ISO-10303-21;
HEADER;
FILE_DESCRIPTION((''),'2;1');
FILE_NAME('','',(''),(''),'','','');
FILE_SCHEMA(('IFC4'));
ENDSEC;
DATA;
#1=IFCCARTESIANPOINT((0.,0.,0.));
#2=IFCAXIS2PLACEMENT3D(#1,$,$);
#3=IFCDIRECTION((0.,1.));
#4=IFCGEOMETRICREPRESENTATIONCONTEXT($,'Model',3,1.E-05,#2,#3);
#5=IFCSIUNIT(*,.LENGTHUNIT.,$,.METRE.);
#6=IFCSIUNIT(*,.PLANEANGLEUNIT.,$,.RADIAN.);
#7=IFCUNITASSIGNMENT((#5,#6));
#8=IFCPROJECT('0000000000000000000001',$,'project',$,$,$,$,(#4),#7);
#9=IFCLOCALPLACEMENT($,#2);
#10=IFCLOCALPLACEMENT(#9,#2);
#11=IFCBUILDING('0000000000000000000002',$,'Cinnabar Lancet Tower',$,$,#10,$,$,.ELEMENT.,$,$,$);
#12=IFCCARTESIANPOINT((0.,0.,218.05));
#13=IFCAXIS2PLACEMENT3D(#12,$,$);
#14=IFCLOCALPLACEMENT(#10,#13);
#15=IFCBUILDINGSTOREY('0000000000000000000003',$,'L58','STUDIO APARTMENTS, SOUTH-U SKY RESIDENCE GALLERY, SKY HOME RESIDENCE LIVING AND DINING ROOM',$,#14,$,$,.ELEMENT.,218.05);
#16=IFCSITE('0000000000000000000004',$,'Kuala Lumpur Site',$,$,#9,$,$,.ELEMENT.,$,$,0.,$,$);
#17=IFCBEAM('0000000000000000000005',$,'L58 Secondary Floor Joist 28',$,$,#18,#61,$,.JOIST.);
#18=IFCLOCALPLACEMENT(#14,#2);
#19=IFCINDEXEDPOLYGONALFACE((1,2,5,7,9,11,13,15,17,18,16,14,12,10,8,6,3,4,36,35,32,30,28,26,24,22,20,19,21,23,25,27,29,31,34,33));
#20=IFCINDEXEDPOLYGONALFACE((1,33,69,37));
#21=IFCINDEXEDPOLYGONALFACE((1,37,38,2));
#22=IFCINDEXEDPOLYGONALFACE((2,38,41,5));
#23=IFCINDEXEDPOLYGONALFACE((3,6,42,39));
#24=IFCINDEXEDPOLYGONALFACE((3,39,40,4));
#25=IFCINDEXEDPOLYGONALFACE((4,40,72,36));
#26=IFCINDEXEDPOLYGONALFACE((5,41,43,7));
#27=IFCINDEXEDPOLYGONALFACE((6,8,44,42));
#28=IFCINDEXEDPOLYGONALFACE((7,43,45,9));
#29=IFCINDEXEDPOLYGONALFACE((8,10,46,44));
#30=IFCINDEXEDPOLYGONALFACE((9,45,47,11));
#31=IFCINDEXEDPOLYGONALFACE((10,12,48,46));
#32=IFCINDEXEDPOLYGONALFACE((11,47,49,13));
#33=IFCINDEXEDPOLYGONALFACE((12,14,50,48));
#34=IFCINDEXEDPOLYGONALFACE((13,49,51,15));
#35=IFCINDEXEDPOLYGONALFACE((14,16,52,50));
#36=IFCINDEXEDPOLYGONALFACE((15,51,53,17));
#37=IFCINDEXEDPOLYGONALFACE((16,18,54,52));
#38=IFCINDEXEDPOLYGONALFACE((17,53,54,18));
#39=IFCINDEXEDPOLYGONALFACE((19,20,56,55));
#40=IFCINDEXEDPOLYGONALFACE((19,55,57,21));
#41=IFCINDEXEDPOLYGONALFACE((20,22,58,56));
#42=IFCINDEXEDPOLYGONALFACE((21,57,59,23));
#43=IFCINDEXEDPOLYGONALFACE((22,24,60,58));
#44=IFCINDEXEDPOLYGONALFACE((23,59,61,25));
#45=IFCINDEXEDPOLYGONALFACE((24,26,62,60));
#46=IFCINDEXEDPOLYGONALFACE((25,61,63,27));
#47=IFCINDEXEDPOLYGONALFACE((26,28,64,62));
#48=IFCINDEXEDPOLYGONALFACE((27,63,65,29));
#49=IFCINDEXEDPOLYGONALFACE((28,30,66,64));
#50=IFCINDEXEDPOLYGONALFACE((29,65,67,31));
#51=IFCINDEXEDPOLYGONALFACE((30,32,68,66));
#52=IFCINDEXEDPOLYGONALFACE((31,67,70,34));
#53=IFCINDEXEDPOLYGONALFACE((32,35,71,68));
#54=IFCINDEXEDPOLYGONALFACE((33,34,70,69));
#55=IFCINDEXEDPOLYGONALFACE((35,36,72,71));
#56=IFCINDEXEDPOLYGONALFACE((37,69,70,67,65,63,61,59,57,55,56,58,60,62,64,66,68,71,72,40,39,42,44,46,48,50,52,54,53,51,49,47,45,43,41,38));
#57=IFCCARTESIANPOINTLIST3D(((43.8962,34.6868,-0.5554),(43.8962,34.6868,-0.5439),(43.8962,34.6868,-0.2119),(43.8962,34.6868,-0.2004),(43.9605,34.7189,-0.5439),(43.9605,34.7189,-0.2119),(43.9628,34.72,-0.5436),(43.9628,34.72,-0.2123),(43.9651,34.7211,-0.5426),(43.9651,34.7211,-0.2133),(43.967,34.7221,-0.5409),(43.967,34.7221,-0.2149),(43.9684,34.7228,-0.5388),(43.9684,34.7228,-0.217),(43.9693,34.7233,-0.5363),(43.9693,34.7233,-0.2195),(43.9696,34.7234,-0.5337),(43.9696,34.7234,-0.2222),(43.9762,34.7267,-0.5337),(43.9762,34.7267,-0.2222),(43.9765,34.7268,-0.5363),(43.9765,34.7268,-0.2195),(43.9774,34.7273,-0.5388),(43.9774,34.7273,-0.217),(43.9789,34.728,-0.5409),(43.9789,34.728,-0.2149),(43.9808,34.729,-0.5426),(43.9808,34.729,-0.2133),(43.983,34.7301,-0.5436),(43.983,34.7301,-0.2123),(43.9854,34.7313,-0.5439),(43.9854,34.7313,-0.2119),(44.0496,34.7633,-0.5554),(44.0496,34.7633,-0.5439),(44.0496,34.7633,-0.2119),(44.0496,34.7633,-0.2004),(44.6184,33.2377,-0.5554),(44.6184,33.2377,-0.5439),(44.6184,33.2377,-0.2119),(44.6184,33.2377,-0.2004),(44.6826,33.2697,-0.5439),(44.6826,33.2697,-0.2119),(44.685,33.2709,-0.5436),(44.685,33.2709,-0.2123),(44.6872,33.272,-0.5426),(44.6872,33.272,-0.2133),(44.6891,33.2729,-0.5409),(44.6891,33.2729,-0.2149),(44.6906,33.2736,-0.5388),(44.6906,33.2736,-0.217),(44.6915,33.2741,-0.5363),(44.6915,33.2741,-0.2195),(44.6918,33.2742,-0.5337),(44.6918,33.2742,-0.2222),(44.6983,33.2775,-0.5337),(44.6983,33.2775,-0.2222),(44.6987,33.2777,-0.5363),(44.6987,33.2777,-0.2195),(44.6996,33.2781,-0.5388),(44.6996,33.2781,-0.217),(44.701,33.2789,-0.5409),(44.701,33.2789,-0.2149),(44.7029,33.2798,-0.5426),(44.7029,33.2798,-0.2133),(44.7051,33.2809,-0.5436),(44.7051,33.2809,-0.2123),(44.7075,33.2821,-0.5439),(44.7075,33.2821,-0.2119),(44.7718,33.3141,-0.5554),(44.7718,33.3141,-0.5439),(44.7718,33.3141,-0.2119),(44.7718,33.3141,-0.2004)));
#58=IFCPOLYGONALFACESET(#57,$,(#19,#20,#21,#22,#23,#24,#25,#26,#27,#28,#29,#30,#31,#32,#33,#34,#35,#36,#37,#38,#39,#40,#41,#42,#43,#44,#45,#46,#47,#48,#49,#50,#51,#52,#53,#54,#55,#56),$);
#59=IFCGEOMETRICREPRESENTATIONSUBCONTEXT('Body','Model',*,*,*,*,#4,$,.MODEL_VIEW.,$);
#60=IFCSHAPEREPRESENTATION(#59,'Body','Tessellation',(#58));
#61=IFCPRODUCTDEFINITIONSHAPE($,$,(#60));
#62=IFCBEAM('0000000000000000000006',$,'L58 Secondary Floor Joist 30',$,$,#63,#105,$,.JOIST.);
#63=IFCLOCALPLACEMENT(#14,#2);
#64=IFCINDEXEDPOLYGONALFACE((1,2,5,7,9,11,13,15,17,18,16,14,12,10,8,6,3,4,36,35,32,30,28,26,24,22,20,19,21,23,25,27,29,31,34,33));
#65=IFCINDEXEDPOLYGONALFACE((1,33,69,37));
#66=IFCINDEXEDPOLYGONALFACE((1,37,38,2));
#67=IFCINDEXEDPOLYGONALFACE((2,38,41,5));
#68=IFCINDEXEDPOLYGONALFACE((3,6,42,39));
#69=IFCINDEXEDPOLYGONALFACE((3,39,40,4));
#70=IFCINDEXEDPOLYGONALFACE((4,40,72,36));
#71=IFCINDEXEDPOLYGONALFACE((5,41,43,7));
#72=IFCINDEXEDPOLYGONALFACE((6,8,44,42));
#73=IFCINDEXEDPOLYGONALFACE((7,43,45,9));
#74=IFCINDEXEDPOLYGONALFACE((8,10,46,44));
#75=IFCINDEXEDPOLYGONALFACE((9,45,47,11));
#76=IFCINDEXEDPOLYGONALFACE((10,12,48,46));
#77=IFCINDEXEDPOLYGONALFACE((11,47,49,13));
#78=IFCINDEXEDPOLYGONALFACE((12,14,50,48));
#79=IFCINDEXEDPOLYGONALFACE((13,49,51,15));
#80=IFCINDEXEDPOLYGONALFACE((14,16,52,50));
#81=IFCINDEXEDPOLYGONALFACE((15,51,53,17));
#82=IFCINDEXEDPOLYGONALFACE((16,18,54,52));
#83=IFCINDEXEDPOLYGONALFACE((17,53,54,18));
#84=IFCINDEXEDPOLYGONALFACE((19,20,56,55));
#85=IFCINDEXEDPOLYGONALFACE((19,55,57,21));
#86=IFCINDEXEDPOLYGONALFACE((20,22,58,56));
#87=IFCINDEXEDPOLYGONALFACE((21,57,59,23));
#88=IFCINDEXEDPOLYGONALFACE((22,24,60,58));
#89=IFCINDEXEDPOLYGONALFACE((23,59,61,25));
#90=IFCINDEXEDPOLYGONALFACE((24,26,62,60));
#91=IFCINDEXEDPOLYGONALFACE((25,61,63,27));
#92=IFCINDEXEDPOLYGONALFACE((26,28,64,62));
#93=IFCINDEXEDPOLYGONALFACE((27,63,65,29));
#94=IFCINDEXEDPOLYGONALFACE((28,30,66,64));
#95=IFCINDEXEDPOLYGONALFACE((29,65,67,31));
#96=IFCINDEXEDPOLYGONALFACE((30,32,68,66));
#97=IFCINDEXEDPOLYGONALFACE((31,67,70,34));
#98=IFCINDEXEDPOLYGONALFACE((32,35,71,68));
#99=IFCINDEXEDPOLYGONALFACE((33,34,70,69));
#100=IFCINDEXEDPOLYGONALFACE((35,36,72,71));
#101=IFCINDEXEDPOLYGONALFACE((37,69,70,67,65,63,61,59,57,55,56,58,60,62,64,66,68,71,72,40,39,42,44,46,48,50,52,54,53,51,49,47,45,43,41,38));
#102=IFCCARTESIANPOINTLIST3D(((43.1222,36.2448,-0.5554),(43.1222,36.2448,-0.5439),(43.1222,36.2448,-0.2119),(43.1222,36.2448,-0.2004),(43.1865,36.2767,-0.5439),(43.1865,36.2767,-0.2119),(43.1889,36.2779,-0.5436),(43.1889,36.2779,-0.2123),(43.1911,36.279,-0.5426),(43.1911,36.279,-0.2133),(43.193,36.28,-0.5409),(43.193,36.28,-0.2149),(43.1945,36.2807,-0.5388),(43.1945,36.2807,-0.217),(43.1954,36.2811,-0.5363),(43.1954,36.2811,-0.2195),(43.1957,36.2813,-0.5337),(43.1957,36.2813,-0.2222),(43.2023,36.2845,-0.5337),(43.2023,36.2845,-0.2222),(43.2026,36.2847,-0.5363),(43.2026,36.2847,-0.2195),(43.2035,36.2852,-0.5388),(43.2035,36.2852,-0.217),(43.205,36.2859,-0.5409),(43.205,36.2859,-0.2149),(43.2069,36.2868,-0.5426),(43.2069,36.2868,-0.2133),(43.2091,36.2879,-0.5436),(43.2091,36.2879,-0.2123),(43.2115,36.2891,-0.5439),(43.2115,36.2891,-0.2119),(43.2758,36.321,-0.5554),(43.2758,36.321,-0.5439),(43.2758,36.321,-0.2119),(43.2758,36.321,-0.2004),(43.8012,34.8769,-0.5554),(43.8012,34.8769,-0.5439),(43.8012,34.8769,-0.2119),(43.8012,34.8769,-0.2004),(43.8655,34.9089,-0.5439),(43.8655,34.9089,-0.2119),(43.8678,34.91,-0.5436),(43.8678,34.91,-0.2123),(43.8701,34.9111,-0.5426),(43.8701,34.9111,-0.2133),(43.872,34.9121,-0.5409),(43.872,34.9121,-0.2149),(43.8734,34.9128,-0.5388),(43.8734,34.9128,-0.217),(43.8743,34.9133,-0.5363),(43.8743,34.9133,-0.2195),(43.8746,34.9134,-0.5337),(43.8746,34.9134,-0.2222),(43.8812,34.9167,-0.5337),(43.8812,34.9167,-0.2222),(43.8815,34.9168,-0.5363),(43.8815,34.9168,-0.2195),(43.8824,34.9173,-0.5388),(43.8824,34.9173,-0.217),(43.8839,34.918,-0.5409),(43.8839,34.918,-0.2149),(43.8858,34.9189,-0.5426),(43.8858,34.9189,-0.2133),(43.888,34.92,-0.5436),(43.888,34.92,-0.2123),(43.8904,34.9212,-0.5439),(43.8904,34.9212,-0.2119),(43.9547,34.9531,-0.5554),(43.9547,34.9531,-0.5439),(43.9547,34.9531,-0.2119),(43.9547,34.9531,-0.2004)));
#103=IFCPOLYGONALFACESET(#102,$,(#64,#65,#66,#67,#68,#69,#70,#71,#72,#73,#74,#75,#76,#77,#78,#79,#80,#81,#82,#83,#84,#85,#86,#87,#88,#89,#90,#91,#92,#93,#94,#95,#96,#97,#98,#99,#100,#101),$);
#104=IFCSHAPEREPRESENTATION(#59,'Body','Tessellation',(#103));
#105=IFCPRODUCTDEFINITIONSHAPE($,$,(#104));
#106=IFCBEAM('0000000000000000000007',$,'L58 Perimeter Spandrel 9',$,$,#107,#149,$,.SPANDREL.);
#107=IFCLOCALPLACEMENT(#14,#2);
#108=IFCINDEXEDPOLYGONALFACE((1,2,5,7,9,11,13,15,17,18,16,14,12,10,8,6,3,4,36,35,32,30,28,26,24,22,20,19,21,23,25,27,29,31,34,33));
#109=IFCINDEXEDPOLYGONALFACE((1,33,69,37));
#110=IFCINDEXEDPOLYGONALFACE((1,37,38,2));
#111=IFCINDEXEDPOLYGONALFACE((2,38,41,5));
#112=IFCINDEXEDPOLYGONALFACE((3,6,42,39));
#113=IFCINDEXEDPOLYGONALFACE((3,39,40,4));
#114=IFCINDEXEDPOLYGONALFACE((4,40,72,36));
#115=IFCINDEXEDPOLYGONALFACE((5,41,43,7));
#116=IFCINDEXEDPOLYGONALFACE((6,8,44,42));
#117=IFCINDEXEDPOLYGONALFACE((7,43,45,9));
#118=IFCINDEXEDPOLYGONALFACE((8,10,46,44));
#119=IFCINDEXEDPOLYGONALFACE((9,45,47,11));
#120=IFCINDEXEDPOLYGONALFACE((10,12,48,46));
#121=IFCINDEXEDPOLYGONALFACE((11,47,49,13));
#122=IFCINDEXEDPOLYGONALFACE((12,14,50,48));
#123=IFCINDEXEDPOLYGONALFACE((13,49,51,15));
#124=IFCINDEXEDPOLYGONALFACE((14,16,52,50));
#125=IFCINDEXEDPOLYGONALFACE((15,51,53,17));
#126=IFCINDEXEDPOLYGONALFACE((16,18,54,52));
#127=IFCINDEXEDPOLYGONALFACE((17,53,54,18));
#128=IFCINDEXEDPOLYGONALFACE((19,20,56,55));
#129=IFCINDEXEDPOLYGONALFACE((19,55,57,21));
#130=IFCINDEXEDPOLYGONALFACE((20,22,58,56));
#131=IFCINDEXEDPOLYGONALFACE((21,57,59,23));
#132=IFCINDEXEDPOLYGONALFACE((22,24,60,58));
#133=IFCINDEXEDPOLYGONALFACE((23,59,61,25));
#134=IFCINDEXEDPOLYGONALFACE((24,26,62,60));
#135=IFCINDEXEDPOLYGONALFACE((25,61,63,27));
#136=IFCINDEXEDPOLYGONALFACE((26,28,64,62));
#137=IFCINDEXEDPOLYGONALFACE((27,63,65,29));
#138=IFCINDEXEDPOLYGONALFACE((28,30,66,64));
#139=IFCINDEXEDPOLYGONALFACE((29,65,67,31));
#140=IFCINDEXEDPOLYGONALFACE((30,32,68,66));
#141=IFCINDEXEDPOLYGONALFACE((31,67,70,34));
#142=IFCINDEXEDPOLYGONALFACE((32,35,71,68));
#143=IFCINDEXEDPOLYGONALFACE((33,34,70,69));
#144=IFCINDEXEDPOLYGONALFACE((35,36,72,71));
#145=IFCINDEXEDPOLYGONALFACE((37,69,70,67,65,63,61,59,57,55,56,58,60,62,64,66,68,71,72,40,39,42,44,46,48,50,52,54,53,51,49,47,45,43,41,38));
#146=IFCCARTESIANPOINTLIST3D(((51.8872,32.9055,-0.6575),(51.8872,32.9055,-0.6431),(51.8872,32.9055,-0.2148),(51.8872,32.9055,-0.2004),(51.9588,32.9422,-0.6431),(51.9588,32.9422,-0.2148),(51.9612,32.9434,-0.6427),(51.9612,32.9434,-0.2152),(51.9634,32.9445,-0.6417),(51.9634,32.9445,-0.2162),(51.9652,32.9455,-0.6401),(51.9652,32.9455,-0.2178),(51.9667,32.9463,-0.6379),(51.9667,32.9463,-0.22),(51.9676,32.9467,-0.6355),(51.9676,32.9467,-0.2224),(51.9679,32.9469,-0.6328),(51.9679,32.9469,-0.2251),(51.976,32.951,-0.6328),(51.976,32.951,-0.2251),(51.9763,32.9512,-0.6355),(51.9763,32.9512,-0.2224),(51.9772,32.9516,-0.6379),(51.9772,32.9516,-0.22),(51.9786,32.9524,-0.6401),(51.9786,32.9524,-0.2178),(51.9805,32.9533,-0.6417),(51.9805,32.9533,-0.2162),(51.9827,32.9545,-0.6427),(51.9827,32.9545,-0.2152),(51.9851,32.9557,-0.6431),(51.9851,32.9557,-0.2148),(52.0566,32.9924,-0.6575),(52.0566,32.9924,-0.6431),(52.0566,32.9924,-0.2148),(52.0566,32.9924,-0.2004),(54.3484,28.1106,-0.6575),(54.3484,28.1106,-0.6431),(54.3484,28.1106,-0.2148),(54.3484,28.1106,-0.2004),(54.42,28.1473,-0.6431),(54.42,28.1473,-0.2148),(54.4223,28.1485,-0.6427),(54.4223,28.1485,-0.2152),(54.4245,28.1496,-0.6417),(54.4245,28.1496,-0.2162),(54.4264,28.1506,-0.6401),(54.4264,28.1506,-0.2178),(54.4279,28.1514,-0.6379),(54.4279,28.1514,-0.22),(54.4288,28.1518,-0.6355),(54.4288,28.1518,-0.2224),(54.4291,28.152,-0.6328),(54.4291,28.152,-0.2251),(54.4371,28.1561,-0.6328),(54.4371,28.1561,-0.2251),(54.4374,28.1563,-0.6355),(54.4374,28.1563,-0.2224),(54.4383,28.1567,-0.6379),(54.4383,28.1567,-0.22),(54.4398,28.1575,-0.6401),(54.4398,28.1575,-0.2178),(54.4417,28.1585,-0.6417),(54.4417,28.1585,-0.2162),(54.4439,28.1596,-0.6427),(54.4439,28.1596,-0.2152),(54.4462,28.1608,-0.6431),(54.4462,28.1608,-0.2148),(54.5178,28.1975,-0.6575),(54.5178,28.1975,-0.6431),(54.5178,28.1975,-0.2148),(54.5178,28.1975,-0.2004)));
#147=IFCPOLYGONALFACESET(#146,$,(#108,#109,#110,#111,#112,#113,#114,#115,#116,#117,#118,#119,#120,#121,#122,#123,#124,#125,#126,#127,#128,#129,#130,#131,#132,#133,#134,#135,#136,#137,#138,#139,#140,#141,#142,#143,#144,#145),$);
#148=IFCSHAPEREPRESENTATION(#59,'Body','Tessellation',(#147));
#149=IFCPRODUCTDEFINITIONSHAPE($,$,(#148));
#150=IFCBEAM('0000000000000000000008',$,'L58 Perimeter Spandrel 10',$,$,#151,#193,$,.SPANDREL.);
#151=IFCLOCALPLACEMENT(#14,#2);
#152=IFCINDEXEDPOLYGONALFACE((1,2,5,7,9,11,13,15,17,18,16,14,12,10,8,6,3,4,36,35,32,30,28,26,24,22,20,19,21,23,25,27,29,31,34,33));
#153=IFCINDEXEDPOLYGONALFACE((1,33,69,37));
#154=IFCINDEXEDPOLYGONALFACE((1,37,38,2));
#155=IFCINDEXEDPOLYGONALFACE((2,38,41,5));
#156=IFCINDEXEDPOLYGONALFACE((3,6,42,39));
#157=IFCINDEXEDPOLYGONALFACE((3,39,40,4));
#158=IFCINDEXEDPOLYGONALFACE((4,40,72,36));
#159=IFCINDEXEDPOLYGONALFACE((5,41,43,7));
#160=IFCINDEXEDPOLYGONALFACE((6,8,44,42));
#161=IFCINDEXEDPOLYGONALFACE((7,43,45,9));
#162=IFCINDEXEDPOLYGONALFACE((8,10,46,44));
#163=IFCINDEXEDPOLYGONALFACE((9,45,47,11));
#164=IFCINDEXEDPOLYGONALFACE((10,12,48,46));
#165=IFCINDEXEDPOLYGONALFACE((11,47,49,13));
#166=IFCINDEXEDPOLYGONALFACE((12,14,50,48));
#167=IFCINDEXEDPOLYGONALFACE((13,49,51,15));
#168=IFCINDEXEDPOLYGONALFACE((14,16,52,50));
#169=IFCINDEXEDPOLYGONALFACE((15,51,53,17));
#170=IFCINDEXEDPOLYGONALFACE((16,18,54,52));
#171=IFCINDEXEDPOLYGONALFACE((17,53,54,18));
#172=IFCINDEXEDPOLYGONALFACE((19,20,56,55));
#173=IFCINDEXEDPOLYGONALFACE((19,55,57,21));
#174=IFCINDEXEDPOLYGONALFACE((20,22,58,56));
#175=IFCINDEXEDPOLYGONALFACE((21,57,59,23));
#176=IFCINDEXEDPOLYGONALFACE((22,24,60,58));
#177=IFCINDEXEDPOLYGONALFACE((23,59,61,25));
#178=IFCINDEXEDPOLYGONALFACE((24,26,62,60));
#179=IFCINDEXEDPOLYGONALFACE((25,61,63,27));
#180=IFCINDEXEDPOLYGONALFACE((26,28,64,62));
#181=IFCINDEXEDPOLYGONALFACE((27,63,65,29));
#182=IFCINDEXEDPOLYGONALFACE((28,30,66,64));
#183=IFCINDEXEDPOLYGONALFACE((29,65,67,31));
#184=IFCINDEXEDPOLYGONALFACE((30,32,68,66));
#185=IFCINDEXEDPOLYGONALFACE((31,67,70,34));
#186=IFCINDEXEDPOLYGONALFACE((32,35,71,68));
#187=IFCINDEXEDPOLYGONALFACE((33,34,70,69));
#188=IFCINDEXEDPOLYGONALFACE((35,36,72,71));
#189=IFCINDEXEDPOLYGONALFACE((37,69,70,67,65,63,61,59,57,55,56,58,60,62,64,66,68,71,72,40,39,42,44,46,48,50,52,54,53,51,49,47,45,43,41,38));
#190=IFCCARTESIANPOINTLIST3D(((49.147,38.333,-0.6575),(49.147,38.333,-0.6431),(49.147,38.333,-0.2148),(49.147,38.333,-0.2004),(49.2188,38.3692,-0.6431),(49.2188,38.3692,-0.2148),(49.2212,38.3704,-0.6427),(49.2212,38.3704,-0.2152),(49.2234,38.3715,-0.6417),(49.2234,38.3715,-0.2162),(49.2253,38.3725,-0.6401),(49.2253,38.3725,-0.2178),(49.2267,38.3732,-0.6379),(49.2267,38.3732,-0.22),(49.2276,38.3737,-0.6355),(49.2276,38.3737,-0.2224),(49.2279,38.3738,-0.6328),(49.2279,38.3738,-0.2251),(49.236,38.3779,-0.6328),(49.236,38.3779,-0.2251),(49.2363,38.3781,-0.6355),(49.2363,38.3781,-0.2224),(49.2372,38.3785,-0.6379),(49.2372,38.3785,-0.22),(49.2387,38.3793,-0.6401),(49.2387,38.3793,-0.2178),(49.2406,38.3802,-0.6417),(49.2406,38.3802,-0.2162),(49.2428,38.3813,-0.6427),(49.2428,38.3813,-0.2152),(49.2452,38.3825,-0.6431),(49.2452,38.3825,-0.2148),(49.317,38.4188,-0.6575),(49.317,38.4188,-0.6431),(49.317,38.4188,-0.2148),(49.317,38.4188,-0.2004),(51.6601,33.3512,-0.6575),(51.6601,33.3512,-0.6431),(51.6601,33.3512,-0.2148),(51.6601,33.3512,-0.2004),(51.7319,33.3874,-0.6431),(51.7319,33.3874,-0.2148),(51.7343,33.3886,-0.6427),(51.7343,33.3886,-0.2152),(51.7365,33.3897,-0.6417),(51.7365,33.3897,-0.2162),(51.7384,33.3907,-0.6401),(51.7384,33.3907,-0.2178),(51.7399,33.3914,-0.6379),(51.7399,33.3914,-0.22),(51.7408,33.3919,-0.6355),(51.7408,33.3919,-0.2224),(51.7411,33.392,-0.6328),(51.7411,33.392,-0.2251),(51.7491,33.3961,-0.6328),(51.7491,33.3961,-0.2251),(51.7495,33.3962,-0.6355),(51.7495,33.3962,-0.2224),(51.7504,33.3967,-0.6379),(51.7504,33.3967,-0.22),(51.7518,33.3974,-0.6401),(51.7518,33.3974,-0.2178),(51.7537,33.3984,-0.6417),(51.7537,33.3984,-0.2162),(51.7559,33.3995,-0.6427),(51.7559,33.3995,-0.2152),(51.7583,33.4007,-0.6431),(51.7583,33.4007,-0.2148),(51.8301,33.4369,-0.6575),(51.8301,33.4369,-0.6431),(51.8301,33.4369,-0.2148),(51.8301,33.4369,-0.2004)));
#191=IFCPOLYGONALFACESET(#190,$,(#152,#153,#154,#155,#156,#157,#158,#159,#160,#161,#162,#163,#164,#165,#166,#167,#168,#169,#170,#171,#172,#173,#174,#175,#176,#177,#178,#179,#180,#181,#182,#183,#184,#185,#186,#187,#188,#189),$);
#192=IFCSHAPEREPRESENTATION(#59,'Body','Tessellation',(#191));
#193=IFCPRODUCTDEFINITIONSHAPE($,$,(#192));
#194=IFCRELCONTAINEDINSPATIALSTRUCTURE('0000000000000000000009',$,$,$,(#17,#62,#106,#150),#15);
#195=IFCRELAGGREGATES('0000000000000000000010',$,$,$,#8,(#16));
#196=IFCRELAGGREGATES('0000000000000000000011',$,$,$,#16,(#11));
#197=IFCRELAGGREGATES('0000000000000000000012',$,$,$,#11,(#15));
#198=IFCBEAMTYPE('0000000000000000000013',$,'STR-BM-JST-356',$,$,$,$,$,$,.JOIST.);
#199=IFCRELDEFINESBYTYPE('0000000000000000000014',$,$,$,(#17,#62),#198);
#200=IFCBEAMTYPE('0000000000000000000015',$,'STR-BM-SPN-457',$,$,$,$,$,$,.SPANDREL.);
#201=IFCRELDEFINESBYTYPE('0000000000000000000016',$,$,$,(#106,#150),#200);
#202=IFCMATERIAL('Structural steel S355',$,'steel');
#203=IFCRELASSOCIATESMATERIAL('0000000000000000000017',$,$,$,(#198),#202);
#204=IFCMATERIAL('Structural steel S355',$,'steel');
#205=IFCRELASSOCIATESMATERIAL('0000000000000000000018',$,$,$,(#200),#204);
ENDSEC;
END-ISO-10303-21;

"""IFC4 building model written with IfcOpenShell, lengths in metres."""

from ifc_helpers import new_model, si_unit, direction, frame, origin, origin_2d, place, context, subcontext, project, spatial, i_section, extrude, material, material_profile, profile_set, type_object, element, save


model = new_model("IFC4")

# Units and contexts
model_context = context("Model", 3, precision=1e-05, world=origin(), true_north=direction((0.0, 1.0)))
body_context = subcontext(model_context, "Body", "Model", "MODEL_VIEW")
ifc_project = project(units=[si_unit("LENGTHUNIT", "METRE"), si_unit("PLANEANGLEUNIT", "RADIAN")], contexts=[model_context])

# Site, building, storey
site_placement = place(None, origin())
site = spatial("IfcSite", under=ifc_project, at=site_placement, Name="Kuala Lumpur Site", CompositionType="ELEMENT", RefElevation=0.0)
building_placement = place(site_placement, origin())
building = spatial("IfcBuilding", under=site, at=building_placement, Name="Cinnabar Lancet Tower", CompositionType="ELEMENT")
storey_placement = place(building_placement, frame((0.0, 0.0, 218.05)))
storey = spatial("IfcBuildingStorey", under=building, at=storey_placement, Name="L58", Description="STUDIO APARTMENTS, SOUTH-U SKY RESIDENCE GALLERY, SKY HOME RESIDENCE LIVING AND DINING ROOM", CompositionType="ELEMENT", Elevation=218.05)

# Beams
ifc_material_1 = material(Name="Structural steel S355", Category="steel")
ifc_material_profile_1 = material_profile(ifc_material_1, i_section(OverallWidth=0.1714, OverallDepth=0.355, WebThickness=0.0073, FlangeThickness=0.0115, FilletRadius=0.0103, at=origin_2d()), Name="UKB 356x171x51")
ifc_profile_set_1 = profile_set([ifc_material_profile_1], Name="Structural steel S355")
beam_type_1 = type_object("IfcBeamType", Name="STR-BM-JST-356", PredefinedType="JOIST", material=ifc_profile_set_1)
beam_1_placement = place(storey_placement, frame((44.6951, 33.2759, -0.3779), z_axis=(-0.446007, 0.895029, 0.0), x_axis=(-0.895029, -0.446007, 0.0)))
element("IfcBeam", 1, at=beam_1_placement, inside=storey, type_object=beam_type_1, Name="L58 Secondary Floor Joist 28", PredefinedType="JOIST", context=body_context, shape_type="SweptSolid", body=[
    extrude(i_section(OverallWidth=0.1714, OverallDepth=0.355, WebThickness=0.0073, FlangeThickness=0.0115, FilletRadius=0.0103, at=origin_2d()), origin(), (0.0, 0.0, 1.0), 1.6191),
])
beam_2_placement = place(storey_placement, frame((43.8779, 34.915, -0.3779), z_axis=(-0.44459, 0.895734, 0.0), x_axis=(-0.895734, -0.44459, 0.0)))
element("IfcBeam", 2, at=beam_2_placement, inside=storey, type_object=beam_type_1, Name="L58 Secondary Floor Joist 30", PredefinedType="JOIST", context=body_context, shape_type="SweptSolid", body=[
    extrude(i_section(OverallWidth=0.1714, OverallDepth=0.355, WebThickness=0.0073, FlangeThickness=0.0115, FilletRadius=0.0103, at=origin_2d()), origin(), (0.0, 0.0, 1.0), 1.5271),
])
ifc_material_2 = material(Name="Structural steel S355", Category="steel")
ifc_material_profile_2 = material_profile(ifc_material_2, i_section(OverallWidth=0.1904, OverallDepth=0.457, WebThickness=0.009, FlangeThickness=0.0144, FilletRadius=0.0103, at=origin_2d()), Name="UKB 457x191x74")
ifc_profile_set_2 = profile_set([ifc_material_profile_2], Name="Structural steel S355")
beam_type_2 = type_object("IfcBeamType", Name="STR-BM-SPN-457", PredefinedType="SPANDREL", material=ifc_profile_set_2)
beam_3_placement = place(storey_placement, frame((54.4331, 28.1541, -0.429), z_axis=(-0.456647, 0.889648, 0.0), x_axis=(-0.889648, -0.456647, 0.0)))
element("IfcBeam", 3, at=beam_3_placement, inside=storey, type_object=beam_type_2, Name="L58 Perimeter Spandrel 9", PredefinedType="SPANDREL", context=body_context, shape_type="SweptSolid", body=[
    extrude(i_section(OverallWidth=0.1904, OverallDepth=0.457, WebThickness=0.009, FlangeThickness=0.0144, FilletRadius=0.0103, at=origin_2d()), origin(), (0.0, 0.0, 1.0), 5.3896),
])
beam_4_placement = place(storey_placement, frame((51.7451, 33.394, -0.429), z_axis=(-0.450396, 0.892829, 0.0), x_axis=(-0.892829, -0.450396, 0.0)))
element("IfcBeam", 4, at=beam_4_placement, inside=storey, type_object=beam_type_2, Name="L58 Perimeter Spandrel 10", PredefinedType="SPANDREL", context=body_context, shape_type="SweptSolid", body=[
    extrude(i_section(OverallWidth=0.1904, OverallDepth=0.457, WebThickness=0.009, FlangeThickness=0.0144, FilletRadius=0.0103, at=origin_2d()), origin(), (0.0, 0.0, 1.0), 5.5798),
])

save(model, "model.ifc")
